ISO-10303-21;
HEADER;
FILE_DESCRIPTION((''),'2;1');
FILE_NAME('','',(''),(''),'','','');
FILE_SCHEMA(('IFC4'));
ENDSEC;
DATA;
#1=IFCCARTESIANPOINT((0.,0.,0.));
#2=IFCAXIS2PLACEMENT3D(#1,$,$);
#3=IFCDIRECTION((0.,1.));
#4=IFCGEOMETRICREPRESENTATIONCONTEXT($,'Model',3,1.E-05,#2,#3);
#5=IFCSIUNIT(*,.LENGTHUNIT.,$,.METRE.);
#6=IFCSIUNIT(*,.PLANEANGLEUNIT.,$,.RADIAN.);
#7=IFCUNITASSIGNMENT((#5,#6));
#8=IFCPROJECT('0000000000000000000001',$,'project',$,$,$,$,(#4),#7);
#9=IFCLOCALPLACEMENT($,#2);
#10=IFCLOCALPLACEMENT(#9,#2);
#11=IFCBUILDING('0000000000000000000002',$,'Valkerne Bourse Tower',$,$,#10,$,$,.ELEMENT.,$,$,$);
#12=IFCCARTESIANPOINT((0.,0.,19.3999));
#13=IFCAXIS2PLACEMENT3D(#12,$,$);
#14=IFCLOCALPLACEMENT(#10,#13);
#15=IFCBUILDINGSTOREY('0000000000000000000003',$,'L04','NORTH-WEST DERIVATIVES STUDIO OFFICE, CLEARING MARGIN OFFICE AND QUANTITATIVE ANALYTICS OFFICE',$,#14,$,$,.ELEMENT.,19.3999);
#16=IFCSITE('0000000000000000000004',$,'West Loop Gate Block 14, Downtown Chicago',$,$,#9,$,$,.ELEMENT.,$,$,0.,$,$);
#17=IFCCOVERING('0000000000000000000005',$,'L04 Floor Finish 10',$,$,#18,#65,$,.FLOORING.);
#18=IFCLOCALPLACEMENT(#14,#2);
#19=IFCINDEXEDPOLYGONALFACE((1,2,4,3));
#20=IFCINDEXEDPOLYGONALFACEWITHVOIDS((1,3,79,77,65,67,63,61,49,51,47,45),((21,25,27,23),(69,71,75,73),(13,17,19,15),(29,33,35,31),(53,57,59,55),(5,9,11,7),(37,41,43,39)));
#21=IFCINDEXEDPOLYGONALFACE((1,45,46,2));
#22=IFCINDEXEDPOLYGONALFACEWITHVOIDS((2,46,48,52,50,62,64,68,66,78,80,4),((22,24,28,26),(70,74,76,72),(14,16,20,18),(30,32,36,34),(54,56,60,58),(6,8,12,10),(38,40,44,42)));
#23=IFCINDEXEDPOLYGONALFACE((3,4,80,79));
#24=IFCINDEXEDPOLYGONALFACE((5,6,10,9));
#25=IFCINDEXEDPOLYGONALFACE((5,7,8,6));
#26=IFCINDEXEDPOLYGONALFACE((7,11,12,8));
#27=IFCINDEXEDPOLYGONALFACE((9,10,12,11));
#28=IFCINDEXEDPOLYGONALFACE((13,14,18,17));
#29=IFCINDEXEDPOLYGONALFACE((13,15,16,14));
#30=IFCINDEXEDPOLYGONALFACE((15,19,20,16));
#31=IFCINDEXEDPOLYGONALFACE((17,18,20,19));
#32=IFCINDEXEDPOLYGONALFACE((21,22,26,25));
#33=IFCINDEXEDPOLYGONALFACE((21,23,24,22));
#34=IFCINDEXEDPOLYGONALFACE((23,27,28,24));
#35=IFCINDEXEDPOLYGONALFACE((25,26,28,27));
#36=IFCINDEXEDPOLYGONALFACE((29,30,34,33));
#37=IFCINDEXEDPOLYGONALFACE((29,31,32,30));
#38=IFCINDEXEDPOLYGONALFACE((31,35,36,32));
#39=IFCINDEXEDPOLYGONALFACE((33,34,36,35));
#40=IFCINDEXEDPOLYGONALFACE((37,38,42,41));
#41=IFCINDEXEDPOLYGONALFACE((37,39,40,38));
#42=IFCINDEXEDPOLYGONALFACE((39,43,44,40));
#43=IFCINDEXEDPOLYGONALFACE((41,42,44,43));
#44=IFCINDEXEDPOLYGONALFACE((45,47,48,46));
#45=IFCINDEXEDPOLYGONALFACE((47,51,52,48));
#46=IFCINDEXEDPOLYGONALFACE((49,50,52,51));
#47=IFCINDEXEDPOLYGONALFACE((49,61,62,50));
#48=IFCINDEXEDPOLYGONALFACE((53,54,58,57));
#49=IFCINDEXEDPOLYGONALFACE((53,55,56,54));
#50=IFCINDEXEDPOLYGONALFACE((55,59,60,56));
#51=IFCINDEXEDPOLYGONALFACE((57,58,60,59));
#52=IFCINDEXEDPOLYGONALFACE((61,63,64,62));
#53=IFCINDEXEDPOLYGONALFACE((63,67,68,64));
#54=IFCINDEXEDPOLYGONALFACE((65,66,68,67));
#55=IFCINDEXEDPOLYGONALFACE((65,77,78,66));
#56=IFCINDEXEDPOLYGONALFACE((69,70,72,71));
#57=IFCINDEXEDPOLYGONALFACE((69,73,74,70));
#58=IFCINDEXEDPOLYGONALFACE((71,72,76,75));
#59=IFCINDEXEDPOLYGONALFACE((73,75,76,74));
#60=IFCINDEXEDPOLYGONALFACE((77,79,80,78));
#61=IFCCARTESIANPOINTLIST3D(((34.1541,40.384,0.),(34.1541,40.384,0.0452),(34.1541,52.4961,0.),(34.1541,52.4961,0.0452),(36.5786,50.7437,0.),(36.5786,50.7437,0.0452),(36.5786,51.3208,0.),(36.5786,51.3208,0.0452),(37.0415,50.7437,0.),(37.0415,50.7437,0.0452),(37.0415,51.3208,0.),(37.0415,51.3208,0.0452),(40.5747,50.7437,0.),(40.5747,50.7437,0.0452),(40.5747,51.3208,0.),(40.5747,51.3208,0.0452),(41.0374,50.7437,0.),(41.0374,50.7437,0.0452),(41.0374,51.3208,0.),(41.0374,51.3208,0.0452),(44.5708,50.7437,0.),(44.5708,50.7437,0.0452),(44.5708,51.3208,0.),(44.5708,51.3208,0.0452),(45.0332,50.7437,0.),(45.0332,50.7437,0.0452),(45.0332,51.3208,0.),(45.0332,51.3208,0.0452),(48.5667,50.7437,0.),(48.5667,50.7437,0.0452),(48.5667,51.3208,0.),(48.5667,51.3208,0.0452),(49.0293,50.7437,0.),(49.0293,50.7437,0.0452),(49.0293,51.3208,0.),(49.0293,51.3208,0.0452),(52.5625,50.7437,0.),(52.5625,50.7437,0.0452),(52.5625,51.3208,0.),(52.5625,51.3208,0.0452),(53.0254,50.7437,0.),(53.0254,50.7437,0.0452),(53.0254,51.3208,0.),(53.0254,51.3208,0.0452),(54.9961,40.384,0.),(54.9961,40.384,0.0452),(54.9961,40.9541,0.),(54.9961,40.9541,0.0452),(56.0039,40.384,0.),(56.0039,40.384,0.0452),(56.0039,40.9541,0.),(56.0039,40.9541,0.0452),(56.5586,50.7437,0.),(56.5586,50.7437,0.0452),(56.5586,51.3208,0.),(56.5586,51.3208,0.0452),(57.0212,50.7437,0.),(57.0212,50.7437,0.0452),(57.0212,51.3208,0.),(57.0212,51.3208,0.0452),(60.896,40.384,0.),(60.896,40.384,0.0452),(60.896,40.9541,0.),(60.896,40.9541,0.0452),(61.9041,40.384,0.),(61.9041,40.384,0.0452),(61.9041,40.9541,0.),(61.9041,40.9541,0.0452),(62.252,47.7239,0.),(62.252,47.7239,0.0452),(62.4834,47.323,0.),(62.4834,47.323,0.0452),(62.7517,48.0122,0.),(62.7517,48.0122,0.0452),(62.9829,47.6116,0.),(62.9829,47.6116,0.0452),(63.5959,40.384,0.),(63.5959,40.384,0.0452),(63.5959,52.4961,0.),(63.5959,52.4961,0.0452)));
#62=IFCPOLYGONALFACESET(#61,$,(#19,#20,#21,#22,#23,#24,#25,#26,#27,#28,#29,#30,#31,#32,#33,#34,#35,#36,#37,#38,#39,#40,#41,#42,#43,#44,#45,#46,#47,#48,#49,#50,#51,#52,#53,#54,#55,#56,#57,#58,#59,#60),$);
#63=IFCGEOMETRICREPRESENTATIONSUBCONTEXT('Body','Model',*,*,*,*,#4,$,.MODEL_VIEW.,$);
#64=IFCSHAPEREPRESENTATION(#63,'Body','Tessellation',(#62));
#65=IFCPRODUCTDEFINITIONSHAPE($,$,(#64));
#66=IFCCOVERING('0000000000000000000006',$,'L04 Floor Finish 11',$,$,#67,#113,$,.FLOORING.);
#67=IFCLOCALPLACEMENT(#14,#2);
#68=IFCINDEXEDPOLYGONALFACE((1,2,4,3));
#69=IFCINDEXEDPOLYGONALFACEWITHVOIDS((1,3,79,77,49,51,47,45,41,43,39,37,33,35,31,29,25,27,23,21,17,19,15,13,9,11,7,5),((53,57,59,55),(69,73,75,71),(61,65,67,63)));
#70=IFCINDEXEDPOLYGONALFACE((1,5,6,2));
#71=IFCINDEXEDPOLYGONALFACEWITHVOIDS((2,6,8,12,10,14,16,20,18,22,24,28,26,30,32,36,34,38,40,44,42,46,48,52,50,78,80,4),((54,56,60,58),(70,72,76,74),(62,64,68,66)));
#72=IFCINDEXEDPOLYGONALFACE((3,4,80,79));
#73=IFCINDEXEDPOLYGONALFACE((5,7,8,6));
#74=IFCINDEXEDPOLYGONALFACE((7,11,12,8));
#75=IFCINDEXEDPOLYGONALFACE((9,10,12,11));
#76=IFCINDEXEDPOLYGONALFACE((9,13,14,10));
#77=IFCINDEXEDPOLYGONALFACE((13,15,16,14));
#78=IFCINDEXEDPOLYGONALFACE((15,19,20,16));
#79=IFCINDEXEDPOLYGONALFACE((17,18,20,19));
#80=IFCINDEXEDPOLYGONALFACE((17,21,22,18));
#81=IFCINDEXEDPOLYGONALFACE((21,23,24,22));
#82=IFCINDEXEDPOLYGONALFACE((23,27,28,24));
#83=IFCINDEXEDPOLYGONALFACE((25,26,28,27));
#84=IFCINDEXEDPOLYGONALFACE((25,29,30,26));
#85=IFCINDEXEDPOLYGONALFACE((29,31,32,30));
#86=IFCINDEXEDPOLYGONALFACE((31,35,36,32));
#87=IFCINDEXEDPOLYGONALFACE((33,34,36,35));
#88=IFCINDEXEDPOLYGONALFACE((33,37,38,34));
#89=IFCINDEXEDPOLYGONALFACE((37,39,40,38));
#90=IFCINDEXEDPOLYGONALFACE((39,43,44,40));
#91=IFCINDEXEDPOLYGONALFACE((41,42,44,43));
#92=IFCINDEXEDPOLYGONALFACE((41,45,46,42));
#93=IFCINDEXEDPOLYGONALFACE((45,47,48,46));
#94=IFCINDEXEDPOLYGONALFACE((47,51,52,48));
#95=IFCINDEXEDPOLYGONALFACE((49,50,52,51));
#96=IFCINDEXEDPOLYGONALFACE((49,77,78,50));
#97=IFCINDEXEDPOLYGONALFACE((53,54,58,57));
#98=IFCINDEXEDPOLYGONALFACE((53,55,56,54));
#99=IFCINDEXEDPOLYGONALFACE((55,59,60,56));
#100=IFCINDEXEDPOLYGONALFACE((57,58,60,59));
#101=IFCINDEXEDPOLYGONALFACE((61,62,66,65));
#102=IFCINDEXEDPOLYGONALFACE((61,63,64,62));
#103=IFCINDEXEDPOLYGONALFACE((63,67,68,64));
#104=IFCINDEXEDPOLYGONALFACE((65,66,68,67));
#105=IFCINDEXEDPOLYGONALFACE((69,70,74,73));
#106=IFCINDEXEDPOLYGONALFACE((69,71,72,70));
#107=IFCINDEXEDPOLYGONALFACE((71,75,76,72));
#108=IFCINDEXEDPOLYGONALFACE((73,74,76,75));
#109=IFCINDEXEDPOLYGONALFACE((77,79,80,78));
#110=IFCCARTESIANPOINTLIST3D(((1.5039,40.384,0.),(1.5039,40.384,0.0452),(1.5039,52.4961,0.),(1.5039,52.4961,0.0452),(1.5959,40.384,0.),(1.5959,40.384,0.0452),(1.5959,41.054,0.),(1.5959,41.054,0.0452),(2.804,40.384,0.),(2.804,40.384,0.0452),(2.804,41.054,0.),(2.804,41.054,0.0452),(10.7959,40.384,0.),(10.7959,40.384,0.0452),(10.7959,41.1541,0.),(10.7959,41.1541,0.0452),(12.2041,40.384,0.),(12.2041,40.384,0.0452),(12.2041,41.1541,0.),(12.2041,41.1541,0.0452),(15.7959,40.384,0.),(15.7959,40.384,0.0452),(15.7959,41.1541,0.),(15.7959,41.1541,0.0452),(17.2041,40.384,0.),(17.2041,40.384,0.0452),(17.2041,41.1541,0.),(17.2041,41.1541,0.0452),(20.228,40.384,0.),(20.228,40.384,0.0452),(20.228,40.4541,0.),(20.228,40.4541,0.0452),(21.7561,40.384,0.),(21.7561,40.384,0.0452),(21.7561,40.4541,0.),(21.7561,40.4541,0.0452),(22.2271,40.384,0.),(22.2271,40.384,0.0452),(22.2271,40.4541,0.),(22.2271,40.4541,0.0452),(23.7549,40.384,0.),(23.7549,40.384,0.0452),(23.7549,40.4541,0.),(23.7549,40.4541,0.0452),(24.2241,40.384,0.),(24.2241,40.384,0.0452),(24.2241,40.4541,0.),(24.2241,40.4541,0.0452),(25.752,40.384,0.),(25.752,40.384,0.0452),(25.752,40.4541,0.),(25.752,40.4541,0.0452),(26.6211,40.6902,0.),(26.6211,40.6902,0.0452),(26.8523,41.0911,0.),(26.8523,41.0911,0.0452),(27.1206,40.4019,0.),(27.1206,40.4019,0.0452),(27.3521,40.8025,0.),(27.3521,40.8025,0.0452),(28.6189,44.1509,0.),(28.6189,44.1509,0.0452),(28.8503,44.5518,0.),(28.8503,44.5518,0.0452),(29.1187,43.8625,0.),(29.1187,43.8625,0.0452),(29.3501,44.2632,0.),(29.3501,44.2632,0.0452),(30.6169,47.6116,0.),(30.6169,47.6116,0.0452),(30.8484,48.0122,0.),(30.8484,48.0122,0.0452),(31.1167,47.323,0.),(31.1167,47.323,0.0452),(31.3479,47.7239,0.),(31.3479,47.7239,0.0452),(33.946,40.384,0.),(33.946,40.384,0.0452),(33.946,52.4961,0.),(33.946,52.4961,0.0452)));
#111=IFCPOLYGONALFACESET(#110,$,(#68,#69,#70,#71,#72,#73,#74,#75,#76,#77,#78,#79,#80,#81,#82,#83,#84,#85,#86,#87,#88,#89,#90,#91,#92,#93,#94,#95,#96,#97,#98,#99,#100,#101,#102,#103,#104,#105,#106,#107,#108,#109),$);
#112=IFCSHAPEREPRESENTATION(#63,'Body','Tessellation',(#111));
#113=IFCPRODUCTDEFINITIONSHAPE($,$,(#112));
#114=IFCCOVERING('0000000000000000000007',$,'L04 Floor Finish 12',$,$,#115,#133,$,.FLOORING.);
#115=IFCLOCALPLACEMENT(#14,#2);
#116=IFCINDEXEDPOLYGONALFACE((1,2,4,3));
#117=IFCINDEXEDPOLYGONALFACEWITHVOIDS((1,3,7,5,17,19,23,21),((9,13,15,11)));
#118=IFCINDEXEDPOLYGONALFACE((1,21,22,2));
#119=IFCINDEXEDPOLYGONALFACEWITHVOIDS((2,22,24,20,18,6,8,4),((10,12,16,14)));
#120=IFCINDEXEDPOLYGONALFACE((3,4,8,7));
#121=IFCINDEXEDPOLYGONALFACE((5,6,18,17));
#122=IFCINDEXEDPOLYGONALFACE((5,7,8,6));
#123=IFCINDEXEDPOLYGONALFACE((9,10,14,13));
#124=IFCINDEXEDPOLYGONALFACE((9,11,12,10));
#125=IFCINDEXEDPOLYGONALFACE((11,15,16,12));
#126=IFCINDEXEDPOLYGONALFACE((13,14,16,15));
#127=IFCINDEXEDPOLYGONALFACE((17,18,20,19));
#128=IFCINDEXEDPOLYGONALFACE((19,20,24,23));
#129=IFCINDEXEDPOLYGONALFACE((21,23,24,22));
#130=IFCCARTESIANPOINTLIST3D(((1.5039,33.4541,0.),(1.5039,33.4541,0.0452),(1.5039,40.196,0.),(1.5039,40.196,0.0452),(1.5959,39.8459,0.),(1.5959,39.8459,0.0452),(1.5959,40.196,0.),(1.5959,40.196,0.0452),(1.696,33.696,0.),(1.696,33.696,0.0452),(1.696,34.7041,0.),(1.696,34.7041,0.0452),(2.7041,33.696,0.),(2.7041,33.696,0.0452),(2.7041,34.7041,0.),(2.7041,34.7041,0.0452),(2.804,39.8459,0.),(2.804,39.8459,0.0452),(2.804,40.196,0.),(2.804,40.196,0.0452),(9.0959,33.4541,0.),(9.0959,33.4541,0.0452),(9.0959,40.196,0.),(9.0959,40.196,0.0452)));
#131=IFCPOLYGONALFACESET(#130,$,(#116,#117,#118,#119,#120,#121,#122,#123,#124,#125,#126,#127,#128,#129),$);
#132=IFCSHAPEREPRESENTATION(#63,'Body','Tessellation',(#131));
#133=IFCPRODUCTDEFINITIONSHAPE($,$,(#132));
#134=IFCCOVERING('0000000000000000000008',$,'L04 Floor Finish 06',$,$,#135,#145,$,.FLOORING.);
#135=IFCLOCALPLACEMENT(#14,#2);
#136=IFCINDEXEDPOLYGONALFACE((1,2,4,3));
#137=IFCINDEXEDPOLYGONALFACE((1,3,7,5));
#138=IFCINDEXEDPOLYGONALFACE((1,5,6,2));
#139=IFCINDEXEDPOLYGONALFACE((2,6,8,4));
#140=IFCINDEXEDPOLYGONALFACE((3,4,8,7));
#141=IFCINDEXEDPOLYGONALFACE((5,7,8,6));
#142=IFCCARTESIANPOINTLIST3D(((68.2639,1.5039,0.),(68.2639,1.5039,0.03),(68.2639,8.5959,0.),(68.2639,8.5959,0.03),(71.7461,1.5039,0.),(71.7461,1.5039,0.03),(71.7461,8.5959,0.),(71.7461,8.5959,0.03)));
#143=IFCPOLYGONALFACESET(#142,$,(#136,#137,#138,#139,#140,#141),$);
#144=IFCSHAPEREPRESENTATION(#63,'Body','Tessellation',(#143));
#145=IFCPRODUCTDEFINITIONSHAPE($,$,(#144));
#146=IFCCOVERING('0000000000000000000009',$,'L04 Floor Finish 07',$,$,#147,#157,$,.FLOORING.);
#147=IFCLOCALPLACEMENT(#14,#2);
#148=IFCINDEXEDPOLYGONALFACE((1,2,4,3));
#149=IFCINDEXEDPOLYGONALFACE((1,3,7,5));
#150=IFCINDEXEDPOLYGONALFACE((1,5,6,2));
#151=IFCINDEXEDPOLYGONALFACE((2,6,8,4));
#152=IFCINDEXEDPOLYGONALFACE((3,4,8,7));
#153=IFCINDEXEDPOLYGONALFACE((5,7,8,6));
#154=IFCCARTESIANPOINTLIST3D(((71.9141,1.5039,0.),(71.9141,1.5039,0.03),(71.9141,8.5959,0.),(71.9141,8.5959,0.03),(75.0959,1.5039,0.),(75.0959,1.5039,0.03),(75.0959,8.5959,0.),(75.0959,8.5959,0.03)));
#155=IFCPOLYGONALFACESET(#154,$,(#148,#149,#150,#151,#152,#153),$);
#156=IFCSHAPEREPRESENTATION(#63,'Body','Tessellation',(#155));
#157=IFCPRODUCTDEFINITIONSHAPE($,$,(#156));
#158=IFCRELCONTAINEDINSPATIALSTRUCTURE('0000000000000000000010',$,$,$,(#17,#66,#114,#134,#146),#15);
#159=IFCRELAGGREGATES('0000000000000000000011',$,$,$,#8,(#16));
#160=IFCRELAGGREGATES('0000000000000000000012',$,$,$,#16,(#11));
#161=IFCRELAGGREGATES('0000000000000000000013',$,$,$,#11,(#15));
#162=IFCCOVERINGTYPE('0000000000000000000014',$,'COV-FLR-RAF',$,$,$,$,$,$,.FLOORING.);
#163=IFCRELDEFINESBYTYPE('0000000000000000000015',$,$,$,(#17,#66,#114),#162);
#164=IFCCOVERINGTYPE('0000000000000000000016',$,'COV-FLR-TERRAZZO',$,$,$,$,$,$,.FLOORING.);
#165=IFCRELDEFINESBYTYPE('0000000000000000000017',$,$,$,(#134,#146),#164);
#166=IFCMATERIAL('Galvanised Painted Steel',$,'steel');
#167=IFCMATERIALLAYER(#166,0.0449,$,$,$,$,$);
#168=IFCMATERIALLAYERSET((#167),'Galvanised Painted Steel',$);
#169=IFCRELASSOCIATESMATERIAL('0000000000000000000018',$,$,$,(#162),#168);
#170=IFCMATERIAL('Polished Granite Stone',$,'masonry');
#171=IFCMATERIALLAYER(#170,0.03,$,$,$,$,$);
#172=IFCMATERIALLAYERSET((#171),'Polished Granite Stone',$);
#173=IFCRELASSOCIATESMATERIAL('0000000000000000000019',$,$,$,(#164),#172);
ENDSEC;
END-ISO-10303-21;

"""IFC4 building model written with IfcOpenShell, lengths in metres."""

from ifc_helpers import new_model, si_unit, direction, frame, origin, place, context, subcontext, project, spatial, polyline, outline, extrude, material, layer, layer_set, type_object, element, save


model = new_model("IFC4")

# Units and contexts
model_context = context("Model", 3, precision=1e-05, world=origin(), true_north=direction((0.0, 1.0)))
body_context = subcontext(model_context, "Body", "Model", "MODEL_VIEW")
ifc_project = project(units=[si_unit("LENGTHUNIT", "METRE"), si_unit("PLANEANGLEUNIT", "RADIAN")], contexts=[model_context])

# Site, building, storey
site_placement = place(None, origin())
site = spatial("IfcSite", under=ifc_project, at=site_placement, Name="West Loop Gate Block 14, Downtown Chicago", CompositionType="ELEMENT", RefElevation=0.0)
building_placement = place(site_placement, origin())
building = spatial("IfcBuilding", under=site, at=building_placement, Name="Valkerne Bourse Tower", CompositionType="ELEMENT")
storey_placement = place(building_placement, frame((0.0, 0.0, 19.3999)))
storey = spatial("IfcBuildingStorey", under=building, at=storey_placement, Name="L04", Description="NORTH-WEST DERIVATIVES STUDIO OFFICE, CLEARING MARGIN OFFICE AND QUANTITATIVE ANALYTICS OFFICE", CompositionType="ELEMENT", Elevation=19.3999)

# Coverings
ifc_material_1 = material(Name="Galvanised Painted Steel", Category="steel")
ifc_layer_1 = layer(ifc_material_1, 0.0449)
ifc_layer_set_1 = layer_set([ifc_layer_1], Name="Galvanised Painted Steel")
covering_type_1 = type_object("IfcCoveringType", Name="COV-FLR-RAF", PredefinedType="FLOORING", material=ifc_layer_set_1)
covering_1_placement = place(storey_placement, origin())
element("IfcCovering", 1, at=covering_1_placement, inside=storey, type_object=covering_type_1, Name="L04 Floor Finish 10", PredefinedType="FLOORING", context=body_context, shape_type="SweptSolid", body=[
    extrude(outline(polyline([(34.1541, 52.4961), (63.5959, 52.4961), (63.5959, 40.384), (61.9041, 40.384), (61.9041, 40.9541), (60.896, 40.9541), (60.896, 40.384), (56.0039, 40.384), (56.0039, 40.9541), (54.9961, 40.9541), (54.9961, 40.384), (34.1541, 40.384), (34.1541, 52.4961)]), holes=[polyline([(44.5708, 51.3208), (44.5708, 50.7437), (45.0332, 50.7437), (45.0332, 51.3208), (44.5708, 51.3208)]), polyline([(52.5625, 51.3208), (52.5625, 50.7437), (53.0254, 50.7437), (53.0254, 51.3208), (52.5625, 51.3208)]), polyline([(41.0374, 51.3208), (40.5747, 51.3208), (40.5747, 50.7437), (41.0374, 50.7437), (41.0374, 51.3208)]), polyline([(49.0293, 51.3208), (48.5667, 51.3208), (48.5667, 50.7437), (49.0293, 50.7437), (49.0293, 51.3208)]), polyline([(56.5586, 51.3208), (56.5586, 50.7437), (57.0212, 50.7437), (57.0212, 51.3208), (56.5586, 51.3208)]), polyline([(36.5786, 51.3208), (36.5786, 50.7437), (37.0415, 50.7437), (37.0415, 51.3208), (36.5786, 51.3208)]), polyline([(62.7517, 48.0122), (62.252, 47.7239), (62.4834, 47.323), (62.9829, 47.6116), (62.7517, 48.0122)])]), origin(), (0.0, 0.0, 1.0), 0.0452),
])
covering_2_placement = place(storey_placement, origin())
element("IfcCovering", 2, at=covering_2_placement, inside=storey, type_object=covering_type_1, Name="L04 Floor Finish 11", PredefinedType="FLOORING", context=body_context, shape_type="SweptSolid", body=[
    extrude(outline(polyline([(1.5039, 52.4961), (33.946, 52.4961), (33.946, 40.384), (25.752, 40.384), (25.752, 40.4541), (24.2241, 40.4541), (24.2241, 40.384), (23.7549, 40.384), (23.7549, 40.4541), (22.2271, 40.4541), (22.2271, 40.384), (21.7561, 40.384), (21.7561, 40.4541), (20.228, 40.4541), (20.228, 40.384), (17.2041, 40.384), (17.2041, 41.1541), (15.7959, 41.1541), (15.7959, 40.384), (12.2041, 40.384), (12.2041, 41.1541), (10.7959, 41.1541), (10.7959, 40.384), (2.804, 40.384), (2.804, 41.054), (1.5959, 41.054), (1.5959, 40.384), (1.5039, 40.384), (1.5039, 52.4961)]), holes=[polyline([(26.6211, 40.6902), (27.1206, 40.4019), (27.3521, 40.8025), (26.8523, 41.0911), (26.6211, 40.6902)]), polyline([(28.6189, 44.1509), (29.1187, 43.8625), (29.3501, 44.2632), (28.8503, 44.5518), (28.6189, 44.1509)]), polyline([(30.6169, 47.6116), (31.1167, 47.323), (31.3479, 47.7239), (30.8484, 48.0122), (30.6169, 47.6116)])]), origin(), (0.0, 0.0, 1.0), 0.0452),
])
covering_3_placement = place(storey_placement, origin())
element("IfcCovering", 3, at=covering_3_placement, inside=storey, type_object=covering_type_1, Name="L04 Floor Finish 12", PredefinedType="FLOORING", context=body_context, shape_type="SweptSolid", body=[
    extrude(outline(polyline([(1.5039, 40.196), (1.5959, 40.196), (1.5959, 39.8459), (2.804, 39.8459), (2.804, 40.196), (9.0959, 40.196), (9.0959, 33.4541), (1.5039, 33.4541), (1.5039, 40.196)]), holes=[polyline([(1.696, 34.7041), (1.696, 33.696), (2.7041, 33.696), (2.7041, 34.7041), (1.696, 34.7041)])]), origin(), (0.0, 0.0, 1.0), 0.0452),
])
ifc_material_2 = material(Name="Polished Granite Stone", Category="masonry")
ifc_layer_2 = layer(ifc_material_2, 0.03)
ifc_layer_set_2 = layer_set([ifc_layer_2], Name="Polished Granite Stone")
covering_type_2 = type_object("IfcCoveringType", Name="COV-FLR-TERRAZZO", PredefinedType="FLOORING", material=ifc_layer_set_2)
covering_4_placement = place(storey_placement, origin())
element("IfcCovering", 4, at=covering_4_placement, inside=storey, type_object=covering_type_2, Name="L04 Floor Finish 06", PredefinedType="FLOORING", context=body_context, shape_type="SweptSolid", body=[
    extrude(outline(polyline([(68.2639, 8.5959), (71.7461, 8.5959), (71.7461, 1.5039), (68.2639, 1.5039), (68.2639, 8.5959)])), origin(), (0.0, 0.0, 1.0), 0.03),
])
covering_5_placement = place(storey_placement, origin())
element("IfcCovering", 5, at=covering_5_placement, inside=storey, type_object=covering_type_2, Name="L04 Floor Finish 07", PredefinedType="FLOORING", context=body_context, shape_type="SweptSolid", body=[
    extrude(outline(polyline([(71.9141, 8.5959), (75.0959, 8.5959), (75.0959, 1.5039), (71.9141, 1.5039), (71.9141, 8.5959)])), origin(), (0.0, 0.0, 1.0), 0.03),
])

save(model, "model.ifc")
